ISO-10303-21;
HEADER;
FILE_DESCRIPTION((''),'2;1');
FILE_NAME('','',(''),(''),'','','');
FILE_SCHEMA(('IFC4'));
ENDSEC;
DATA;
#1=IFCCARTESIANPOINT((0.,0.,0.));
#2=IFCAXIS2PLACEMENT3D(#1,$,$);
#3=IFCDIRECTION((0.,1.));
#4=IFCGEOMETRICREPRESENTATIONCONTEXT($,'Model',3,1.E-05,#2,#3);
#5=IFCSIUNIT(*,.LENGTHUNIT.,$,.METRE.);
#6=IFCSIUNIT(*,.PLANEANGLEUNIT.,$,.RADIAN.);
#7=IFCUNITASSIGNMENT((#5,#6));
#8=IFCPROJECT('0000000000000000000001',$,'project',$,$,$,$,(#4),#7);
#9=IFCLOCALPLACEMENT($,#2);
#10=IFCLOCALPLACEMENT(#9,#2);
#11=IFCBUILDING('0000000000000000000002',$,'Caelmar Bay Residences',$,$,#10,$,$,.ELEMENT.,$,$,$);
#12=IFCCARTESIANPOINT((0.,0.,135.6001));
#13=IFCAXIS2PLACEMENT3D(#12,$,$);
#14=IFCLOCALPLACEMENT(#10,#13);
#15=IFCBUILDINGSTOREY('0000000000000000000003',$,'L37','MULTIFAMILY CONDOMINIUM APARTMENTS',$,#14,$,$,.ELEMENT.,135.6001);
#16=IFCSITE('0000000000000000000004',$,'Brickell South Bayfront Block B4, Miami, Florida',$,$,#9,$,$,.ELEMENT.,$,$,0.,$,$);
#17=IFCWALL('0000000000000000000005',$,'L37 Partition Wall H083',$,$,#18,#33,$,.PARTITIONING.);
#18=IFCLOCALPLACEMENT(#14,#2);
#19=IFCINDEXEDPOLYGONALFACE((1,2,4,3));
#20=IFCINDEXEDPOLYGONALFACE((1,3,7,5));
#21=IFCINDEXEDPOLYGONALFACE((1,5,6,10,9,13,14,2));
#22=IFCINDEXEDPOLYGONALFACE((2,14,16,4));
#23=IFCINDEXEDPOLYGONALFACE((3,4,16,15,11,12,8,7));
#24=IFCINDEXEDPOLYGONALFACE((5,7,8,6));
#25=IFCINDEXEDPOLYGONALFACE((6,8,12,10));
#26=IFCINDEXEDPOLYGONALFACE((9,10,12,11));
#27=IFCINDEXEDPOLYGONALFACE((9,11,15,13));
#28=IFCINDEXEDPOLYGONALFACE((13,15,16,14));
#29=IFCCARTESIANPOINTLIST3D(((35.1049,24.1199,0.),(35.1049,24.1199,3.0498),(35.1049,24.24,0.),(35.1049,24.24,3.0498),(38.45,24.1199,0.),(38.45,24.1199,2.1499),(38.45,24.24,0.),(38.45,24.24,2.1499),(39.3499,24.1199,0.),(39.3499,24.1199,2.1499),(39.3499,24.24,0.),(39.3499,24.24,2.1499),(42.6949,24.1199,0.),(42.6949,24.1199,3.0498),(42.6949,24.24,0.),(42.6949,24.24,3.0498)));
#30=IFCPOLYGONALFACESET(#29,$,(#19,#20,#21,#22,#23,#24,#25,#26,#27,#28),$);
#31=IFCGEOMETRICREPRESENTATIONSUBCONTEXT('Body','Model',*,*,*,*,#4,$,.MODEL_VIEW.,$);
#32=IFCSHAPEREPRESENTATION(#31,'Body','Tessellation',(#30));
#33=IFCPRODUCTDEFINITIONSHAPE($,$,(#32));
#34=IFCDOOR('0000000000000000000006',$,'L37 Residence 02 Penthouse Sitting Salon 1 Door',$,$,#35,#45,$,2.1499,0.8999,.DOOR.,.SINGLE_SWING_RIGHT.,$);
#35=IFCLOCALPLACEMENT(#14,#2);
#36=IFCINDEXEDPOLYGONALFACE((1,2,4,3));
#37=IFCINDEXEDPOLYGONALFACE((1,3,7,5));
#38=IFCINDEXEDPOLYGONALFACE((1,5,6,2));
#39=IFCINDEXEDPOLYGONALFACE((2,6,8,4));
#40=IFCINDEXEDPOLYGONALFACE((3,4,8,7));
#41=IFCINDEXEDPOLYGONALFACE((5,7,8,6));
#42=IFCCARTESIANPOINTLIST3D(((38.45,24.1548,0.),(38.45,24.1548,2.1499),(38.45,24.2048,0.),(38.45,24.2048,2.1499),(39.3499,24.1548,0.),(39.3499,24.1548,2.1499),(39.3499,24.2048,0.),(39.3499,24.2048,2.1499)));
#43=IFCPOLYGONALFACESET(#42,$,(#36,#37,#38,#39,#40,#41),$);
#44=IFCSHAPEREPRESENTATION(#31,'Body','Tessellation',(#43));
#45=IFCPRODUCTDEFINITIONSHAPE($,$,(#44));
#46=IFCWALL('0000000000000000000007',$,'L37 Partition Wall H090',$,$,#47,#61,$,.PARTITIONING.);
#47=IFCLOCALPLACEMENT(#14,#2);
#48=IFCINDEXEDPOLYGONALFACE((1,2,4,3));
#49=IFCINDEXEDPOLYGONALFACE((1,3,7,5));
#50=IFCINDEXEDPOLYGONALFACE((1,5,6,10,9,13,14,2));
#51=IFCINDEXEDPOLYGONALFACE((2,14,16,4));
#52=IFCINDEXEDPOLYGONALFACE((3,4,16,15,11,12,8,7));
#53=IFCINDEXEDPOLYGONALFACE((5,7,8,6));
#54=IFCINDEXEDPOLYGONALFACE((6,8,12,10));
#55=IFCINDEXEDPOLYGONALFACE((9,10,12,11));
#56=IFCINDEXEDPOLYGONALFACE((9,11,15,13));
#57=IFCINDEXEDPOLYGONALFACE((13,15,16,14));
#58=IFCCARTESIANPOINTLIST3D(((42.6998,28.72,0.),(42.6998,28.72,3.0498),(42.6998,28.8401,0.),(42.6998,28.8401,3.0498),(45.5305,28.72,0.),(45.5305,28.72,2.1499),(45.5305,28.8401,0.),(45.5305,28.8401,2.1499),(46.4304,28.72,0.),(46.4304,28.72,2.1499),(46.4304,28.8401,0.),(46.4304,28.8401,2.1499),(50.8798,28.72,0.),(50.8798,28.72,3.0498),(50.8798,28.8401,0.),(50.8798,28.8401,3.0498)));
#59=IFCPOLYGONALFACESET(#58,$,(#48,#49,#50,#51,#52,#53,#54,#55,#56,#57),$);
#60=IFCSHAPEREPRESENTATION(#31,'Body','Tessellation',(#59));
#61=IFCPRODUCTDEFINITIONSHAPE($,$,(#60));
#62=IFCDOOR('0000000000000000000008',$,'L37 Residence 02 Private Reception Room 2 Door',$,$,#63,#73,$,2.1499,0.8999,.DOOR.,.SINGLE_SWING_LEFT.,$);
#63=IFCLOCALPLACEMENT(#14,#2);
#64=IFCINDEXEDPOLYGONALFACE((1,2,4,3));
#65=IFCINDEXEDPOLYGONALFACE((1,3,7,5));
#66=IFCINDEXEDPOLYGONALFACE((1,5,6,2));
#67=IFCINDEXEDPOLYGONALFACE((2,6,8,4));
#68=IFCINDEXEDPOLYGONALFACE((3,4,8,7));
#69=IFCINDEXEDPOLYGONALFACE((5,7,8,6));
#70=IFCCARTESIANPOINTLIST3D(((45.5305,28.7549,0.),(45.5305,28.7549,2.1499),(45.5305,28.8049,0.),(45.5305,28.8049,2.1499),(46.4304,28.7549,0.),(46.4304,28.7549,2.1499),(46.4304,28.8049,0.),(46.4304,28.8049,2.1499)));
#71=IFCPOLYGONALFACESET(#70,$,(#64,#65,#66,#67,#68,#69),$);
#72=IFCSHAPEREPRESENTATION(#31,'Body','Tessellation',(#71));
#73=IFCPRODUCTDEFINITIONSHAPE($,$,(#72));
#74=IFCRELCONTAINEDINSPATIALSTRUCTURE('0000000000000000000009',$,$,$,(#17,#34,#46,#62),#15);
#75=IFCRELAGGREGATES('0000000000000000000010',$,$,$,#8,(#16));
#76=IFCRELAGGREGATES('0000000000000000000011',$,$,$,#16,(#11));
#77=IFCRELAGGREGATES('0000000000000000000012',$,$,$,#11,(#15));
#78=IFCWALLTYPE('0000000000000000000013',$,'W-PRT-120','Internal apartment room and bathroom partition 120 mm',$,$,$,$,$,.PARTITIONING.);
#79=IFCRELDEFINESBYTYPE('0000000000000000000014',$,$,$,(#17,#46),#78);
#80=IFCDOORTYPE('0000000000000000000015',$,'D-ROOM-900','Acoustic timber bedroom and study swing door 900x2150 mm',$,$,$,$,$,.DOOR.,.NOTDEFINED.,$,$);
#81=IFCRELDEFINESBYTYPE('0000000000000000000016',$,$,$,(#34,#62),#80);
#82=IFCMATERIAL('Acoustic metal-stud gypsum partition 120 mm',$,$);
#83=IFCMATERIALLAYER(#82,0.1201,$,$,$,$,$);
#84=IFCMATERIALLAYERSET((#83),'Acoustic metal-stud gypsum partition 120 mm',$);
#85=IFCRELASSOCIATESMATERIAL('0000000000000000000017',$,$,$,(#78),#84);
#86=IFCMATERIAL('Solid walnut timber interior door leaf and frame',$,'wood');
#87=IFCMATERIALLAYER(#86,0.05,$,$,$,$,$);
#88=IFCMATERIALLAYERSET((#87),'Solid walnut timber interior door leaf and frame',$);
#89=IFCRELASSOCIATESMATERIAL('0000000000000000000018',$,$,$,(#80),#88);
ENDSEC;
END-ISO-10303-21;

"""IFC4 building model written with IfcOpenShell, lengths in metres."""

from ifc_helpers import new_model, si_unit, direction, frame, frame_2d, origin, place, context, subcontext, project, spatial, rectangle, extrude, material, layer, layer_set, type_object, element, fill, save


model = new_model("IFC4")

# Units and contexts
model_context = context("Model", 3, precision=1e-05, world=origin(), true_north=direction((0.0, 1.0)))
body_context = subcontext(model_context, "Body", "Model", "MODEL_VIEW")
ifc_project = project(units=[si_unit("LENGTHUNIT", "METRE"), si_unit("PLANEANGLEUNIT", "RADIAN")], contexts=[model_context])

# Site, building, storey
site_placement = place(None, origin())
site = spatial("IfcSite", under=ifc_project, at=site_placement, Name="Brickell South Bayfront Block B4, Miami, Florida", CompositionType="ELEMENT", RefElevation=0.0)
building_placement = place(site_placement, origin())
building = spatial("IfcBuilding", under=site, at=building_placement, Name="Caelmar Bay Residences", CompositionType="ELEMENT")
storey_placement = place(building_placement, frame((0.0, 0.0, 135.6001)))
storey = spatial("IfcBuildingStorey", under=building, at=storey_placement, Name="L37", Description="MULTIFAMILY CONDOMINIUM APARTMENTS", CompositionType="ELEMENT", Elevation=135.6001)

# Shared definitions
ifc_material_1 = material(Name="Acoustic metal-stud gypsum partition 120 mm")
ifc_layer_1 = layer(ifc_material_1, 0.1201)
ifc_layer_set_1 = layer_set([ifc_layer_1], Name="Acoustic metal-stud gypsum partition 120 mm")
wall_type = type_object("IfcWallType", Name="W-PRT-120", Description="Internal apartment room and bathroom partition 120 mm", PredefinedType="PARTITIONING", material=ifc_layer_set_1)

# Shared definitions
ifc_material_2 = material(Name="Solid walnut timber interior door leaf and frame", Category="wood")

# Walls, openings, doors
ifc_layer_2 = layer(ifc_material_2, 0.05)
ifc_layer_set_2 = layer_set([ifc_layer_2], Name="Solid walnut timber interior door leaf and frame")
door_type_1 = type_object("IfcDoorType", Name="D-ROOM-900", Description="Acoustic timber bedroom and study swing door 900x2150 mm", OperationType="NOTDEFINED", PredefinedType="DOOR", material=ifc_layer_set_2)
wall_1_placement = place(storey_placement, frame((35.105, 24.1799, 0.0), z_axis=(0.0, 0.0, 1.0), x_axis=(1.0, 0.0, 0.0)))
wall_1 = element("IfcWall", 1, at=wall_1_placement, inside=storey, type_object=wall_type, Name="L37 Partition Wall H083", PredefinedType="PARTITIONING", context=body_context, shape_type="SweptSolid", body=[
    extrude(rectangle(XDim=7.5901, YDim=0.1201, at=frame_2d((3.7949, 0.0))), origin(), (0.0, 0.0, 1.0), 3.0498),
])
opening_1_placement = place(wall_1_placement, frame((3.345, 0.0, 0.0)))
opening_1 = element("IfcOpeningElement", 2, at=opening_1_placement, cuts=wall_1, PredefinedType="OPENING", context=body_context, shape_type="SweptSolid", body=[
    extrude(rectangle(XDim=0.8999, YDim=2.1499, at=frame_2d((0.45, 1.075))), frame((0.0, 0.0701, 0.0), z_axis=(0.0, -1.0, 0.0), x_axis=(1.0, 0.0, 0.0)), (0.0, 0.0, 1.0), 0.1401),
])
door_1_placement = place(opening_1_placement, origin())
door_1 = element("IfcDoor", 3, at=door_1_placement, inside=storey, type_object=door_type_1, Name="L37 Residence 02 Penthouse Sitting Salon 1 Door", OperationType="SINGLE_SWING_RIGHT", OverallHeight=2.1499, OverallWidth=0.8999, PredefinedType="DOOR", context=body_context, shape_type="SweptSolid", body=[
    extrude(rectangle(XDim=0.8999, YDim=2.1499, at=frame_2d((0.45, 1.075))), frame((0.0, 0.0249, 0.0), z_axis=(0.0, -1.0, 0.0), x_axis=(1.0, 0.0, 0.0)), (0.0, 0.0, 1.0), 0.05),
])
fill(opening_1, door_1)
wall_2_placement = place(storey_placement, frame((42.7, 28.78, 0.0), z_axis=(0.0, 0.0, 1.0), x_axis=(1.0, 0.0, 0.0)))
wall_2 = element("IfcWall", 4, at=wall_2_placement, inside=storey, type_object=wall_type, Name="L37 Partition Wall H090", PredefinedType="PARTITIONING", context=body_context, shape_type="SweptSolid", body=[
    extrude(rectangle(XDim=8.1799, YDim=0.1201, at=frame_2d((4.0898, 0.0))), origin(), (0.0, 0.0, 1.0), 3.0498),
])
opening_2_placement = place(wall_2_placement, frame((2.8306, 0.0, 0.0)))
opening_2 = element("IfcOpeningElement", 5, at=opening_2_placement, cuts=wall_2, PredefinedType="OPENING", context=body_context, shape_type="SweptSolid", body=[
    extrude(rectangle(XDim=0.8999, YDim=2.1499, at=frame_2d((0.45, 1.075))), frame((0.0, 0.0701, 0.0), z_axis=(0.0, -1.0, 0.0), x_axis=(1.0, 0.0, 0.0)), (0.0, 0.0, 1.0), 0.1401),
])
door_2_placement = place(opening_2_placement, origin())
door_2 = element("IfcDoor", 6, at=door_2_placement, inside=storey, type_object=door_type_1, Name="L37 Residence 02 Private Reception Room 2 Door", OperationType="SINGLE_SWING_LEFT", OverallHeight=2.1499, OverallWidth=0.8999, PredefinedType="DOOR", context=body_context, shape_type="SweptSolid", body=[
    extrude(rectangle(XDim=0.8999, YDim=2.1499, at=frame_2d((0.45, 1.075))), frame((0.0, 0.0249, 0.0), z_axis=(0.0, -1.0, 0.0), x_axis=(1.0, 0.0, 0.0)), (0.0, 0.0, 1.0), 0.05),
])
fill(opening_2, door_2)

save(model, "model.ifc")
